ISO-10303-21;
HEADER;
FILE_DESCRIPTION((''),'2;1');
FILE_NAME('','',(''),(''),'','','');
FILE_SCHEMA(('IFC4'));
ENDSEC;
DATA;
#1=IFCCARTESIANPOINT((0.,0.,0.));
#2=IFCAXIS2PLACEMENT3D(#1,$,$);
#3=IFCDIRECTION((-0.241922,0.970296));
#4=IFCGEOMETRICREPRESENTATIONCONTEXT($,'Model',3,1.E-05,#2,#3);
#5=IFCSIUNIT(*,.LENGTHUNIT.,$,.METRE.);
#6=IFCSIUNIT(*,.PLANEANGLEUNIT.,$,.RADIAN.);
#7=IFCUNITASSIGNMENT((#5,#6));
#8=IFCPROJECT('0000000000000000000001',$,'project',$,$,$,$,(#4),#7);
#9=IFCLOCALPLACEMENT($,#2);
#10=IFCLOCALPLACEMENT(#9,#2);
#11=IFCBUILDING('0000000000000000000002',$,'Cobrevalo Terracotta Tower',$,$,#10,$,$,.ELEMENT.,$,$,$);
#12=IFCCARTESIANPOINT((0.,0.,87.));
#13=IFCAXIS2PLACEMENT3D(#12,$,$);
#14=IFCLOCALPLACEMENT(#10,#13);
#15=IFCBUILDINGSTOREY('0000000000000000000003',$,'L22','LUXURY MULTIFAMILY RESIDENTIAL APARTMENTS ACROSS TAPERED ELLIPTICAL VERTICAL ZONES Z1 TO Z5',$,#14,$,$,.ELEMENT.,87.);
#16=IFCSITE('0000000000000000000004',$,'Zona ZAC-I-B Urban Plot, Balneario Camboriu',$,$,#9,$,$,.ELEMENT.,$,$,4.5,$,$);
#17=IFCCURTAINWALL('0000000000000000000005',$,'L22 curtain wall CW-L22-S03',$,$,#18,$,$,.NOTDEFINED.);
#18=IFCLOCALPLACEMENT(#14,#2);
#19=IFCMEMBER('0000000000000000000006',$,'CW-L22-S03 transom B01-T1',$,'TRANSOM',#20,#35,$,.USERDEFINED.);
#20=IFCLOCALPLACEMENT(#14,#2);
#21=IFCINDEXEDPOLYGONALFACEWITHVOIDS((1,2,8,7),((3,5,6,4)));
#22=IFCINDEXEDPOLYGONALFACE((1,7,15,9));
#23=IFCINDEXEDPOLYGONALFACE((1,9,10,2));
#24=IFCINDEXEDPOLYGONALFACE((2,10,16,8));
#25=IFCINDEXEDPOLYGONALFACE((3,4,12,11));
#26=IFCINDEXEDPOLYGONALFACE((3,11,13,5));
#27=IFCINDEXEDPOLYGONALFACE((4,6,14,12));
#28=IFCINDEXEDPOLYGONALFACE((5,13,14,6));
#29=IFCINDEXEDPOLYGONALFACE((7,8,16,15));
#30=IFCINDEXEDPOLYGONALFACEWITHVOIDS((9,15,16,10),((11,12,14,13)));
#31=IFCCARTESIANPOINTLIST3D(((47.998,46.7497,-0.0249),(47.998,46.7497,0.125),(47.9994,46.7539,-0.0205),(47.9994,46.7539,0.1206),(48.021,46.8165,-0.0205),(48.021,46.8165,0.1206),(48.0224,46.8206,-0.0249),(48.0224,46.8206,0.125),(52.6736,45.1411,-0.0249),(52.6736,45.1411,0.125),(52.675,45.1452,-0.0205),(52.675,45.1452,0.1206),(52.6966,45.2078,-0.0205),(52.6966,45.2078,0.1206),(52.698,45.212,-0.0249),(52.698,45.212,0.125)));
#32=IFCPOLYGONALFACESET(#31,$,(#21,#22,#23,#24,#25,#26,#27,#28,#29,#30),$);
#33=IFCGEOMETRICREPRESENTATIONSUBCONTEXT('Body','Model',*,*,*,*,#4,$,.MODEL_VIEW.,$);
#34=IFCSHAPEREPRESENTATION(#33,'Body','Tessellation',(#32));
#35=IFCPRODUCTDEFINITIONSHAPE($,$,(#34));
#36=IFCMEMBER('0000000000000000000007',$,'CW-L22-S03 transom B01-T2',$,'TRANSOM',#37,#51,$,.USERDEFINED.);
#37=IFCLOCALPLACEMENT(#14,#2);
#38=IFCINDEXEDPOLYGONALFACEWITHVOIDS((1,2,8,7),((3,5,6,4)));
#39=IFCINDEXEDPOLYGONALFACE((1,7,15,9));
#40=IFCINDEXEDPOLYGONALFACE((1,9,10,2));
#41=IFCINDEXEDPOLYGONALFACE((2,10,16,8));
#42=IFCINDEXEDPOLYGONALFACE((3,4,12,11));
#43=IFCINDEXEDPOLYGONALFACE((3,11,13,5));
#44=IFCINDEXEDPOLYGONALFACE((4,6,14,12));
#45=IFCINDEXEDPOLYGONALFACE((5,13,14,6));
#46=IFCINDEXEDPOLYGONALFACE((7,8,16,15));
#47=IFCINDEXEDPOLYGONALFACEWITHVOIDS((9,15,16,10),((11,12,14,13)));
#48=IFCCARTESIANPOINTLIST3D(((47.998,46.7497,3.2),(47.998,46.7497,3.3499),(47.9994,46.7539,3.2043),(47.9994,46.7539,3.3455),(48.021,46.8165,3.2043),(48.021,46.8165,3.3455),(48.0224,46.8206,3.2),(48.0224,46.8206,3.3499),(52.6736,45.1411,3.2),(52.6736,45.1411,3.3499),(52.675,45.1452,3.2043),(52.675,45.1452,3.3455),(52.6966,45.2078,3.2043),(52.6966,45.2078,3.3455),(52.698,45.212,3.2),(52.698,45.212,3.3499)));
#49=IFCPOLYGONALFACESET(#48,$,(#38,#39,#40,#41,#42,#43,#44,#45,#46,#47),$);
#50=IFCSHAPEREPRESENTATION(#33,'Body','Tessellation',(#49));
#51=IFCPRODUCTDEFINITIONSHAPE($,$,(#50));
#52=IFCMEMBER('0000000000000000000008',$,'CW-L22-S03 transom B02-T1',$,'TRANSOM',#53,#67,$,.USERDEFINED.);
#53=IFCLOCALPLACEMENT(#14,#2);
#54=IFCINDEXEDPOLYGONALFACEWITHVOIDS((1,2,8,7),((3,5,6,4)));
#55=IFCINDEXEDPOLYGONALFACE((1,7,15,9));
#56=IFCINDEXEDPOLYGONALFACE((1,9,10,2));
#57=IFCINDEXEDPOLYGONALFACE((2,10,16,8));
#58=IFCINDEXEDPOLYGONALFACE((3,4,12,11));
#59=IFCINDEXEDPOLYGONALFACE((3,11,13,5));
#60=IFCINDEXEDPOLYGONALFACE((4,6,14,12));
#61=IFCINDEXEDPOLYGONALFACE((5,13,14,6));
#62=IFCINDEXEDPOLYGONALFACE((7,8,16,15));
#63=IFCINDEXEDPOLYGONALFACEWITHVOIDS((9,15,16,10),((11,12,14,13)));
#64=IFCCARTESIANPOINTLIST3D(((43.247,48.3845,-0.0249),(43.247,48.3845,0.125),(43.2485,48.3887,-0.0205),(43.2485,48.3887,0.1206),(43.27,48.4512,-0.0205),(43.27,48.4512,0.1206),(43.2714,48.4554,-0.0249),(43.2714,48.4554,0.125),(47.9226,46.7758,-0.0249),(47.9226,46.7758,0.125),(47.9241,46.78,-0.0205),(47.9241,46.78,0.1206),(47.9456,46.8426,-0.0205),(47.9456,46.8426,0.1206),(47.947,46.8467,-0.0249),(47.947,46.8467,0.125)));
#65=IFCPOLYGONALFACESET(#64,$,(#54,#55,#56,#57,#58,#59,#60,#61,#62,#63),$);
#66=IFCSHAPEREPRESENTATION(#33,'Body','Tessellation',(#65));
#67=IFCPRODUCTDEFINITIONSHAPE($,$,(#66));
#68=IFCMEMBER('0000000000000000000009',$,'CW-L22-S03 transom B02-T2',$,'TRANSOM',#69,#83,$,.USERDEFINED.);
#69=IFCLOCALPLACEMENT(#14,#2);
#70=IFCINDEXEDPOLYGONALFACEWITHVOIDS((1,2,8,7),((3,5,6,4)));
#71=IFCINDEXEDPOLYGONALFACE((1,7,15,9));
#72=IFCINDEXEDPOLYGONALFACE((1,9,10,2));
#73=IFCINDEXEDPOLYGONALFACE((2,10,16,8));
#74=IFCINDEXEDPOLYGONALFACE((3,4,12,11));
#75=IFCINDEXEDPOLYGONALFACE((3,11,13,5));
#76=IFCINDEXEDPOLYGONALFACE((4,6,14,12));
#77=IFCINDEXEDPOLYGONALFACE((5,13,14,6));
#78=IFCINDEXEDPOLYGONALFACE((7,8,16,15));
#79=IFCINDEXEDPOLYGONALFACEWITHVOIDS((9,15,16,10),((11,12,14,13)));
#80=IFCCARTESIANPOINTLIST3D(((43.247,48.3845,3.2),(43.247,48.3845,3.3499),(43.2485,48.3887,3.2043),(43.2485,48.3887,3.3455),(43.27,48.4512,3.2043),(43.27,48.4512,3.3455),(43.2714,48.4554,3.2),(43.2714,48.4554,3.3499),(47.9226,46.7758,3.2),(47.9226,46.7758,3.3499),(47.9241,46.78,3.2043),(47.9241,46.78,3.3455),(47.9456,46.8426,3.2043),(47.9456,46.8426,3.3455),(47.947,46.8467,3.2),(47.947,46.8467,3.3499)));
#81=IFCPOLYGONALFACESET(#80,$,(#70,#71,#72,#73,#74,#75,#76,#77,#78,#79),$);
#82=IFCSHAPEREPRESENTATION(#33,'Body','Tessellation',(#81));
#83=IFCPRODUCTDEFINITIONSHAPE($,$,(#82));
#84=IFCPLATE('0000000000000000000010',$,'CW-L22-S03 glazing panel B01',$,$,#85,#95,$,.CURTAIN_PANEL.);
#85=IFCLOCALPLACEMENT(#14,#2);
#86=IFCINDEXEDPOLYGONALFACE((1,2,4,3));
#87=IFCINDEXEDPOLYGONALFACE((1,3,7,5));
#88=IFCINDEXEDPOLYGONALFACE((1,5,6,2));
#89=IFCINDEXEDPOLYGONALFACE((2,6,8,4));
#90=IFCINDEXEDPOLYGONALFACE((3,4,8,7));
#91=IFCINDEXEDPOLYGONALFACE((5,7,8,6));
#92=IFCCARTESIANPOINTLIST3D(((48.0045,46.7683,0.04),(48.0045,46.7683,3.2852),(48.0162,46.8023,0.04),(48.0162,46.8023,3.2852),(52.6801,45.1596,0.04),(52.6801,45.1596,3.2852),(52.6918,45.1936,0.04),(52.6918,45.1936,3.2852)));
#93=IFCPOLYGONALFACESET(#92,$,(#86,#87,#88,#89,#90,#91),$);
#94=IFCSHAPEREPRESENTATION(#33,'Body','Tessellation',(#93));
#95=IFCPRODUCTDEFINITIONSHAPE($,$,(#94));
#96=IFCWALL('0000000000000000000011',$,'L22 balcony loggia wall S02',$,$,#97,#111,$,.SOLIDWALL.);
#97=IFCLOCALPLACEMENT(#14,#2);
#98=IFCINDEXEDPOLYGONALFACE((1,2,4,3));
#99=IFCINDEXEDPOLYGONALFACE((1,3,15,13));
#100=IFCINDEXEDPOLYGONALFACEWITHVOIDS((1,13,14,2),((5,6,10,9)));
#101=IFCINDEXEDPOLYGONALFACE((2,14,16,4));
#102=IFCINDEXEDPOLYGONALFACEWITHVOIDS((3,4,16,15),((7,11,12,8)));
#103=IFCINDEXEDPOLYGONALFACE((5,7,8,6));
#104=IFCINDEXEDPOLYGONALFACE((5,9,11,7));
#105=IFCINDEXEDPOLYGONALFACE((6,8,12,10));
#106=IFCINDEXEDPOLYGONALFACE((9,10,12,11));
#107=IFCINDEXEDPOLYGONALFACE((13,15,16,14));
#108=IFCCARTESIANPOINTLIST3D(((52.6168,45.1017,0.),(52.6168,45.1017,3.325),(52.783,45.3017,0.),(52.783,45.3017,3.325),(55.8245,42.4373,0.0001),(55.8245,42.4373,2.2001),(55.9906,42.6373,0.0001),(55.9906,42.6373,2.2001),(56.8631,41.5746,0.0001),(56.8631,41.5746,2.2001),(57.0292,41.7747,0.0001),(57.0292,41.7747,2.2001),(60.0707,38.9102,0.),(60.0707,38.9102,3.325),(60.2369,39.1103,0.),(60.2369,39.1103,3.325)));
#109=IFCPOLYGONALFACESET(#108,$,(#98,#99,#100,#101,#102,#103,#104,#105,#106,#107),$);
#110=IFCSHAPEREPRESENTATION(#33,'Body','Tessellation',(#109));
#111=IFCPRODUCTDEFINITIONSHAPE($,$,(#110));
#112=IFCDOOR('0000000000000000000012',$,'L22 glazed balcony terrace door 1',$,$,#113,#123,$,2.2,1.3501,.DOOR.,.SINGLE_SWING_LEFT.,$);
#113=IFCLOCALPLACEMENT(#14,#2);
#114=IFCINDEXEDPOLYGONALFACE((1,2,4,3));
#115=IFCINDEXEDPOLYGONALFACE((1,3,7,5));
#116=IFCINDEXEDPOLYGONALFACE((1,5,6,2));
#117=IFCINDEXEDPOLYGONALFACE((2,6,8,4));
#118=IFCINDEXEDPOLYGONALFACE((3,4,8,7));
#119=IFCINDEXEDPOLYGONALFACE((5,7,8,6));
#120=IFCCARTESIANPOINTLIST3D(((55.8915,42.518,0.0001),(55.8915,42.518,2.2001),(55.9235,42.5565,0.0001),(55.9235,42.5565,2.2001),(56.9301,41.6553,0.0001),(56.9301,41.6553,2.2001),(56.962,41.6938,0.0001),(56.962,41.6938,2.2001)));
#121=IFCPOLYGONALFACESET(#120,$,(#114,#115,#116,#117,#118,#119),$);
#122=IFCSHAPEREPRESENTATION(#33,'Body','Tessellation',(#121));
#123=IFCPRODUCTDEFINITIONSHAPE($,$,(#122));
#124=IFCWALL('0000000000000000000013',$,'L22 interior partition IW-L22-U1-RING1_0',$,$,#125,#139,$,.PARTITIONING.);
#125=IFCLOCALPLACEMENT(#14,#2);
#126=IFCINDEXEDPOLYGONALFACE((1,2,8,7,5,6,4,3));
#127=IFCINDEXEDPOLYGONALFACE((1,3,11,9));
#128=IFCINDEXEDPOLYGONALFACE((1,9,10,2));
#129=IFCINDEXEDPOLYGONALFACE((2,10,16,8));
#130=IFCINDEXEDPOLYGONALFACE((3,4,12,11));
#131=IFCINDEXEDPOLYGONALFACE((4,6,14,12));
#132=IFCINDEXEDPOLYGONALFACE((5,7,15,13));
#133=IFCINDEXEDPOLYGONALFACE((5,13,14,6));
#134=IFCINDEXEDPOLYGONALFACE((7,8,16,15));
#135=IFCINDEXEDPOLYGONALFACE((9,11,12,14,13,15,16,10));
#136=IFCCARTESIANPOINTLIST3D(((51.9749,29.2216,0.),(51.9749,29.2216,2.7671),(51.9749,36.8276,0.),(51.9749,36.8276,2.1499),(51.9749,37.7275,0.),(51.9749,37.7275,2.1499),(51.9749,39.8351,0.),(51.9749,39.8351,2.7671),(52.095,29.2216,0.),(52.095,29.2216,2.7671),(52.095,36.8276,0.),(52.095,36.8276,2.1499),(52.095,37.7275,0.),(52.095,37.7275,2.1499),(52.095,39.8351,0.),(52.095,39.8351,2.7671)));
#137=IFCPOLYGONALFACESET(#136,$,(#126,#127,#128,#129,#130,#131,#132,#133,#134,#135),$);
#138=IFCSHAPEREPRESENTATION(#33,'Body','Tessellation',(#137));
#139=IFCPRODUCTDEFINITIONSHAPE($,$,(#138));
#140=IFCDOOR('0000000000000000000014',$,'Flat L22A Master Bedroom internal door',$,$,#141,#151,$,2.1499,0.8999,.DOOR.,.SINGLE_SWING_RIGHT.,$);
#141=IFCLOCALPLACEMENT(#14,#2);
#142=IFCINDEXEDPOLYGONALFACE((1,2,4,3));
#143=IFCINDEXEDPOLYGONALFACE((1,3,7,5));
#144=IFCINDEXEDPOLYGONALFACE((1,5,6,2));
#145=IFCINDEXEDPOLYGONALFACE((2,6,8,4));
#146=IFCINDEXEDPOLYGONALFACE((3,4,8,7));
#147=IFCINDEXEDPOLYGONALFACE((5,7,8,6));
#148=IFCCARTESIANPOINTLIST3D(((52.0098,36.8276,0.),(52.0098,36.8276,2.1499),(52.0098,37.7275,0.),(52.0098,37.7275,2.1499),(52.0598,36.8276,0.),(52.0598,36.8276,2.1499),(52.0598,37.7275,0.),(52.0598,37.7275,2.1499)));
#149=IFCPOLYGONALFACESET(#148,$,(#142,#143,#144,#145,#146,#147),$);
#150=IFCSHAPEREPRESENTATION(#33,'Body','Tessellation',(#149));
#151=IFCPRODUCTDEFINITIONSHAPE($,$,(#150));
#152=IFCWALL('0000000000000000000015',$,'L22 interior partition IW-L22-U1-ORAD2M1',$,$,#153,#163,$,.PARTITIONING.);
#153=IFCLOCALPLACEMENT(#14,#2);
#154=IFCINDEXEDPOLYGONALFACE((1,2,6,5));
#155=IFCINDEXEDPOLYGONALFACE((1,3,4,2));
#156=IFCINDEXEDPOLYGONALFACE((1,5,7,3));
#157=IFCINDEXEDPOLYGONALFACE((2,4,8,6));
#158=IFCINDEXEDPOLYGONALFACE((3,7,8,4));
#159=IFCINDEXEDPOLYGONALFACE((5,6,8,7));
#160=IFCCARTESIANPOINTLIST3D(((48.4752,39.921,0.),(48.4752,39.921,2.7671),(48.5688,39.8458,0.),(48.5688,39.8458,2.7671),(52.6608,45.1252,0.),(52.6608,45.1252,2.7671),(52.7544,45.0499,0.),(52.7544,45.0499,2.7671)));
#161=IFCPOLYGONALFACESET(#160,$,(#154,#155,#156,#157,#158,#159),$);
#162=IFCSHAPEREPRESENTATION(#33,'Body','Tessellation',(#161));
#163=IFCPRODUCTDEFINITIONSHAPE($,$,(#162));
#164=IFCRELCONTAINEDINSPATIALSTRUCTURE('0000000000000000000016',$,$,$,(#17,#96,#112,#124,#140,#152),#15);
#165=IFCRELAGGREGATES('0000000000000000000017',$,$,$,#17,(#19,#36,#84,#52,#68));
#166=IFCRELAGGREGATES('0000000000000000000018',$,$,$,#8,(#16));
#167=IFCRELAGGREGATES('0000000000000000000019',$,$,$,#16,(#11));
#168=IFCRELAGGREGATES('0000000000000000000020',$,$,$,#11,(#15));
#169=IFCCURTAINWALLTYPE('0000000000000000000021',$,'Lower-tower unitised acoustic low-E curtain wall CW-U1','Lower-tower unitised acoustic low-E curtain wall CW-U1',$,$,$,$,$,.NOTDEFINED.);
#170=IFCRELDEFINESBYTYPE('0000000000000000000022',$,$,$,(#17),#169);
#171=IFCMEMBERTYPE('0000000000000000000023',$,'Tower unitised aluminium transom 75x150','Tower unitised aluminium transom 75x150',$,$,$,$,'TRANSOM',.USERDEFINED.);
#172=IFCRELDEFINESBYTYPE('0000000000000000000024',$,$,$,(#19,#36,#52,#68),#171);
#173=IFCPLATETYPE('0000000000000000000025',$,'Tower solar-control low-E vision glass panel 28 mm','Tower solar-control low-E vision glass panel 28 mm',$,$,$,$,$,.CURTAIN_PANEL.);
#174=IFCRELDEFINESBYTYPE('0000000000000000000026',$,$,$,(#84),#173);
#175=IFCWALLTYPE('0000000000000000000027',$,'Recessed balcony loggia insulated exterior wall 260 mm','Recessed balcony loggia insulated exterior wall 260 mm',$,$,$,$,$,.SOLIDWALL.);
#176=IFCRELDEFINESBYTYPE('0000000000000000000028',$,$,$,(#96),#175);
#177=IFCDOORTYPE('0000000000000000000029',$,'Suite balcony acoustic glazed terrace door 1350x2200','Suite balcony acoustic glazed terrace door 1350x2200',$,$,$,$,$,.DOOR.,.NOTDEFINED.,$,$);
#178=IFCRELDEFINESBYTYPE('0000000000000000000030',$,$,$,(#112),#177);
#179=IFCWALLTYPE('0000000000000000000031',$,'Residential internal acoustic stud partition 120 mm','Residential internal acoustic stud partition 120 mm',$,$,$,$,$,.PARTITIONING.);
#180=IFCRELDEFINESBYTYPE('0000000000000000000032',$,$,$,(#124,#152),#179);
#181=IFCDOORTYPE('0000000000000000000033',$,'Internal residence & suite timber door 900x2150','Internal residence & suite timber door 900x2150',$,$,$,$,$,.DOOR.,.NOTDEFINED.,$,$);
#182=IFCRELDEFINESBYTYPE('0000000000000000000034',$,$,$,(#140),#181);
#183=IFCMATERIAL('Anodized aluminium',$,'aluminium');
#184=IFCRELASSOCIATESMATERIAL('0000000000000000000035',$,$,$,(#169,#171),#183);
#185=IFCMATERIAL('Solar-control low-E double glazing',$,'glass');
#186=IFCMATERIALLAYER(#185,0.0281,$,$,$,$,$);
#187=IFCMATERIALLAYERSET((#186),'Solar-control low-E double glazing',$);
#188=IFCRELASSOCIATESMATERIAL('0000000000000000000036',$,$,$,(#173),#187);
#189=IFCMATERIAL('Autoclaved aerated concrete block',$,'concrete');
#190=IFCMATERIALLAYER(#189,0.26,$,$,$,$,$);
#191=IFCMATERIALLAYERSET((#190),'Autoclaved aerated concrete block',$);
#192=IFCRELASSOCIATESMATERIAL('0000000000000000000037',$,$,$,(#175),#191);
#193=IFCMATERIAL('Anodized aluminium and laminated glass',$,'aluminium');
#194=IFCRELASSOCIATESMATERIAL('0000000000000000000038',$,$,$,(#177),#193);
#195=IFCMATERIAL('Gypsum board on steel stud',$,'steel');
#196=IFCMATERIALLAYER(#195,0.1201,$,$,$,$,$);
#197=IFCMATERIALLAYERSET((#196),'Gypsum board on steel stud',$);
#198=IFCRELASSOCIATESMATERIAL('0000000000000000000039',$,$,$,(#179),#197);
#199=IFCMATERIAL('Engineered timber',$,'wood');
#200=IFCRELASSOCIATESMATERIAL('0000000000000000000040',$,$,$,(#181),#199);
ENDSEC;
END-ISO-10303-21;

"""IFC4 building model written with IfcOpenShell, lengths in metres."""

from ifc_helpers import new_model, si_unit, direction, frame, frame_2d, origin, origin_2d, place, context, subcontext, project, spatial, rectangle, hollow_rectangle, extrude, source, transform, mapped, material, layer, layer_set, material_profile, profile_set, type_object, element, fill, aggregate, save


model = new_model("IFC4")

# Units and contexts
model_context = context("Model", 3, precision=1e-05, world=origin(), true_north=direction((-0.241922, 0.970296)))
body_context = subcontext(model_context, "Body", "Model", "MODEL_VIEW")
ifc_project = project(units=[si_unit("LENGTHUNIT", "METRE"), si_unit("PLANEANGLEUNIT", "RADIAN")], contexts=[model_context])

# Site, building, storey
site_placement = place(None, origin())
site = spatial("IfcSite", under=ifc_project, at=site_placement, Name="Zona ZAC-I-B Urban Plot, Balneario Camboriu", CompositionType="ELEMENT", RefElevation=4.5)
building_placement = place(site_placement, origin())
building = spatial("IfcBuilding", under=site, at=building_placement, Name="Cobrevalo Terracotta Tower", CompositionType="ELEMENT")
storey_placement = place(building_placement, frame((0.0, 0.0, 87.0)))
storey = spatial("IfcBuildingStorey", under=building, at=storey_placement, Name="L22", Description="LUXURY MULTIFAMILY RESIDENTIAL APARTMENTS ACROSS TAPERED ELLIPTICAL VERTICAL ZONES Z1 TO Z5", CompositionType="ELEMENT", Elevation=87.0)

# Curtain wall, members, plate
ifc_material_1 = material(Name="Anodized aluminium", Category="aluminium")
curtain_wall_type = type_object("IfcCurtainWallType", Name="Lower-tower unitised acoustic low-E curtain wall CW-U1", Description="Lower-tower unitised acoustic low-E curtain wall CW-U1", PredefinedType="NOTDEFINED", material=ifc_material_1)
curtain_wall_placement = place(storey_placement, origin())
curtain_wall = element("IfcCurtainWall", 1, at=curtain_wall_placement, inside=storey, type_object=curtain_wall_type, Name="L22 curtain wall CW-L22-S03", PredefinedType="NOTDEFINED")
ifc_material_profile_1 = material_profile(ifc_material_1, hollow_rectangle(XDim=0.075, YDim=0.1499, WallThickness=0.0044, at=origin_2d()), Name="CWT 75x150")
ifc_profile_set_1 = profile_set([ifc_material_profile_1], Name="Anodized aluminium")
member_type_1 = type_object("IfcMemberType", Name="Tower unitised aluminium transom 75x150", Description="Tower unitised aluminium transom 75x150", ElementType="TRANSOM", PredefinedType="USERDEFINED", material=ifc_profile_set_1)
shared_shape_1 = source(origin(), body_context, "Body", "SweptSolid", [
    extrude(hollow_rectangle(XDim=0.075, YDim=0.1499, WallThickness=0.0044, at=origin_2d()), origin(), (0.0, 0.0, 1.0), 4.9446),
])
member_1_placement = place(storey_placement, frame((52.6858, 45.1765, 0.05), z_axis=(-0.945598, 0.325338, 0.0), x_axis=(-0.325338, -0.945598, 0.0)))
member_1 = element("IfcMember", 2, at=member_1_placement, type_object=member_type_1, Name="CW-L22-S03 transom B01-T1", ObjectType="TRANSOM", PredefinedType="USERDEFINED", context=body_context, shape_type="MappedRepresentation", body=[
    mapped(shared_shape_1, transform((0.0, 0.0, 0.0), scale=1.0)),
])
member_2_placement = place(storey_placement, frame((52.6858, 45.1765, 3.2749), z_axis=(-0.945598, 0.325338, 0.0), x_axis=(-0.325338, -0.945598, 0.0)))
member_2 = element("IfcMember", 3, at=member_2_placement, type_object=member_type_1, Name="CW-L22-S03 transom B01-T2", ObjectType="TRANSOM", PredefinedType="USERDEFINED", context=body_context, shape_type="MappedRepresentation", body=[
    mapped(shared_shape_1, transform((0.0, 0.0, 0.0), scale=1.0)),
])
member_3_placement = place(storey_placement, frame((47.9348, 46.8113, 0.05), z_axis=(-0.945598, 0.325338, 0.0), x_axis=(-0.325338, -0.945598, 0.0)))
member_3 = element("IfcMember", 4, at=member_3_placement, type_object=member_type_1, Name="CW-L22-S03 transom B02-T1", ObjectType="TRANSOM", PredefinedType="USERDEFINED", context=body_context, shape_type="MappedRepresentation", body=[
    mapped(shared_shape_1, transform((0.0, 0.0, 0.0), scale=1.0)),
])
member_4_placement = place(storey_placement, frame((47.9348, 46.8113, 3.2749), z_axis=(-0.945598, 0.325338, 0.0), x_axis=(-0.325338, -0.945598, 0.0)))
member_4 = element("IfcMember", 5, at=member_4_placement, type_object=member_type_1, Name="CW-L22-S03 transom B02-T2", ObjectType="TRANSOM", PredefinedType="USERDEFINED", context=body_context, shape_type="MappedRepresentation", body=[
    mapped(shared_shape_1, transform((0.0, 0.0, 0.0), scale=1.0)),
])
ifc_material_2 = material(Name="Solar-control low-E double glazing", Category="glass")
ifc_layer_1 = layer(ifc_material_2, 0.0281)
ifc_layer_set_1 = layer_set([ifc_layer_1], Name="Solar-control low-E double glazing")
plate_type = type_object("IfcPlateType", Name="Tower solar-control low-E vision glass panel 28 mm", Description="Tower solar-control low-E vision glass panel 28 mm", PredefinedType="CURTAIN_PANEL", material=ifc_layer_set_1)
shared_shape_2 = source(origin(), body_context, "Body", "SweptSolid", [
    extrude(rectangle(XDim=4.9446, YDim=0.0359, at=origin_2d()), origin(), (0.0, 0.0, 1.0), 3.2451),
])
plate_placement = place(storey_placement, frame((50.3481, 45.981, 0.04), z_axis=(0.0, 0.0, 1.0), x_axis=(-0.945596, 0.325342, 0.0)))
plate = element("IfcPlate", 6, at=plate_placement, type_object=plate_type, Name="CW-L22-S03 glazing panel B01", PredefinedType="CURTAIN_PANEL", context=body_context, shape_type="MappedRepresentation", body=[
    mapped(shared_shape_2, transform((0.0, 0.0, 0.0), scale=1.0)),
])
aggregate(curtain_wall, [member_1, member_2, plate, member_3, member_4])

# Walls, openings, doors
ifc_material_3 = material(Name="Autoclaved aerated concrete block", Category="concrete")
ifc_layer_2 = layer(ifc_material_3, 0.26)
ifc_layer_set_2 = layer_set([ifc_layer_2], Name="Autoclaved aerated concrete block")
wall_type_1 = type_object("IfcWallType", Name="Recessed balcony loggia insulated exterior wall 260 mm", Description="Recessed balcony loggia insulated exterior wall 260 mm", PredefinedType="SOLIDWALL", material=ifc_layer_set_2)
wall_1_placement = place(storey_placement, frame((60.1538, 39.0103, 0.0), z_axis=(0.0, 0.0, 1.0), x_axis=(-0.769243, 0.638957, 0.0)))
wall_1 = element("IfcWall", 7, at=wall_1_placement, inside=storey, type_object=wall_type_1, Name="L22 balcony loggia wall S02", PredefinedType="SOLIDWALL", context=body_context, shape_type="SweptSolid", body=[
    extrude(rectangle(XDim=9.6899, YDim=0.26, at=frame_2d((4.845, 0.0))), origin(), (0.0, 0.0, 1.0), 3.325),
])
opening_1_placement = place(wall_1_placement, frame((4.1699, 0.0, 0.0)))
opening_1 = element("IfcOpeningElement", 8, at=opening_1_placement, cuts=wall_1, PredefinedType="OPENING", context=body_context, shape_type="SweptSolid", body=[
    extrude(rectangle(XDim=1.3501, YDim=2.2, at=frame_2d((0.675, 1.1001))), frame((0.0, 0.1401, 0.0), z_axis=(0.0, -1.0, 0.0), x_axis=(1.0, 0.0, 0.0)), (0.0, 0.0, 1.0), 0.28),
])
ifc_material_4 = material(Name="Anodized aluminium and laminated glass", Category="aluminium")
door_type_1 = type_object("IfcDoorType", Name="Suite balcony acoustic glazed terrace door 1350x2200", Description="Suite balcony acoustic glazed terrace door 1350x2200", OperationType="NOTDEFINED", PredefinedType="DOOR", material=ifc_material_4)
shared_shape_3 = source(origin(), body_context, "Body", "SweptSolid", [
    extrude(rectangle(XDim=1.3501, YDim=2.2, at=frame_2d((0.675, 1.1001))), frame((0.0, 0.0249, 0.0), z_axis=(0.0, -1.0, 0.0), x_axis=(1.0, 0.0, 0.0)), (0.0, 0.0, 1.0), 0.05),
])
door_1_placement = place(opening_1_placement, frame((1.3501, 0.0, 0.0), z_axis=(0.0, 0.0, 1.0), x_axis=(-1.0, 0.0, 0.0)))
door_1 = element("IfcDoor", 9, at=door_1_placement, inside=storey, type_object=door_type_1, Name="L22 glazed balcony terrace door 1", OperationType="SINGLE_SWING_LEFT", OverallHeight=2.2, OverallWidth=1.3501, PredefinedType="DOOR", context=body_context, shape_type="MappedRepresentation", body=[
    mapped(shared_shape_3, transform((0.0, 0.0, 0.0), scale=1.0)),
])
fill(opening_1, door_1)
ifc_material_5 = material(Name="Gypsum board on steel stud", Category="steel")
ifc_layer_3 = layer(ifc_material_5, 0.1201)
ifc_layer_set_3 = layer_set([ifc_layer_3], Name="Gypsum board on steel stud")
wall_type_2 = type_object("IfcWallType", Name="Residential internal acoustic stud partition 120 mm", Description="Residential internal acoustic stud partition 120 mm", PredefinedType="PARTITIONING", material=ifc_layer_set_3)
wall_2_placement = place(storey_placement, frame((52.0349, 39.835, 0.0), z_axis=(0.0, 0.0, 1.0), x_axis=(0.0, -1.0, 0.0)))
wall_2 = element("IfcWall", 10, at=wall_2_placement, inside=storey, type_object=wall_type_2, Name="L22 interior partition IW-L22-U1-RING1_0", PredefinedType="PARTITIONING", context=body_context, shape_type="SweptSolid", body=[
    extrude(rectangle(XDim=10.6135, YDim=0.1201, at=frame_2d((5.3066, 0.0))), origin(), (0.0, 0.0, 1.0), 2.7671),
])
opening_2_placement = place(wall_2_placement, frame((2.1074, 0.0, 0.0)))
opening_2 = element("IfcOpeningElement", 11, at=opening_2_placement, cuts=wall_2, PredefinedType="OPENING", context=body_context, shape_type="SweptSolid", body=[
    extrude(rectangle(XDim=0.8999, YDim=2.1499, at=frame_2d((0.45, 1.075))), frame((0.0, 0.0701, 0.0), z_axis=(0.0, -1.0, 0.0), x_axis=(1.0, 0.0, 0.0)), (0.0, 0.0, 1.0), 0.1401),
])
ifc_material_6 = material(Name="Engineered timber", Category="wood")
door_type_2 = type_object("IfcDoorType", Name="Internal residence & suite timber door 900x2150", Description="Internal residence & suite timber door 900x2150", OperationType="NOTDEFINED", PredefinedType="DOOR", material=ifc_material_6)
shared_shape_4 = source(origin(), body_context, "Body", "SweptSolid", [
    extrude(rectangle(XDim=0.8999, YDim=2.1499, at=frame_2d((0.45, 1.075))), frame((0.0, 0.0249, 0.0), z_axis=(0.0, -1.0, 0.0), x_axis=(1.0, 0.0, 0.0)), (0.0, 0.0, 1.0), 0.05),
])
door_2_placement = place(opening_2_placement, origin())
door_2 = element("IfcDoor", 12, at=door_2_placement, inside=storey, type_object=door_type_2, Name="Flat L22A Master Bedroom internal door", OperationType="SINGLE_SWING_RIGHT", OverallHeight=2.1499, OverallWidth=0.8999, PredefinedType="DOOR", context=body_context, shape_type="MappedRepresentation", body=[
    mapped(shared_shape_4, transform((0.0, 0.0, 0.0), scale=1.0)),
])
fill(opening_2, door_2)

# Wall
wall_3_placement = place(storey_placement, frame((48.522, 39.8833, 0.0), z_axis=(0.0, 0.0, 1.0), x_axis=(0.626726, 0.77924, 0.0)))
element("IfcWall", 13, at=wall_3_placement, inside=storey, type_object=wall_type_2, Name="L22 interior partition IW-L22-U1-ORAD2M1", PredefinedType="PARTITIONING", context=body_context, shape_type="SweptSolid", body=[
    extrude(rectangle(XDim=6.6785, YDim=0.1201, at=frame_2d((3.3394, 0.0))), origin(), (0.0, 0.0, 1.0), 2.7671),
])

save(model, "model.ifc")
